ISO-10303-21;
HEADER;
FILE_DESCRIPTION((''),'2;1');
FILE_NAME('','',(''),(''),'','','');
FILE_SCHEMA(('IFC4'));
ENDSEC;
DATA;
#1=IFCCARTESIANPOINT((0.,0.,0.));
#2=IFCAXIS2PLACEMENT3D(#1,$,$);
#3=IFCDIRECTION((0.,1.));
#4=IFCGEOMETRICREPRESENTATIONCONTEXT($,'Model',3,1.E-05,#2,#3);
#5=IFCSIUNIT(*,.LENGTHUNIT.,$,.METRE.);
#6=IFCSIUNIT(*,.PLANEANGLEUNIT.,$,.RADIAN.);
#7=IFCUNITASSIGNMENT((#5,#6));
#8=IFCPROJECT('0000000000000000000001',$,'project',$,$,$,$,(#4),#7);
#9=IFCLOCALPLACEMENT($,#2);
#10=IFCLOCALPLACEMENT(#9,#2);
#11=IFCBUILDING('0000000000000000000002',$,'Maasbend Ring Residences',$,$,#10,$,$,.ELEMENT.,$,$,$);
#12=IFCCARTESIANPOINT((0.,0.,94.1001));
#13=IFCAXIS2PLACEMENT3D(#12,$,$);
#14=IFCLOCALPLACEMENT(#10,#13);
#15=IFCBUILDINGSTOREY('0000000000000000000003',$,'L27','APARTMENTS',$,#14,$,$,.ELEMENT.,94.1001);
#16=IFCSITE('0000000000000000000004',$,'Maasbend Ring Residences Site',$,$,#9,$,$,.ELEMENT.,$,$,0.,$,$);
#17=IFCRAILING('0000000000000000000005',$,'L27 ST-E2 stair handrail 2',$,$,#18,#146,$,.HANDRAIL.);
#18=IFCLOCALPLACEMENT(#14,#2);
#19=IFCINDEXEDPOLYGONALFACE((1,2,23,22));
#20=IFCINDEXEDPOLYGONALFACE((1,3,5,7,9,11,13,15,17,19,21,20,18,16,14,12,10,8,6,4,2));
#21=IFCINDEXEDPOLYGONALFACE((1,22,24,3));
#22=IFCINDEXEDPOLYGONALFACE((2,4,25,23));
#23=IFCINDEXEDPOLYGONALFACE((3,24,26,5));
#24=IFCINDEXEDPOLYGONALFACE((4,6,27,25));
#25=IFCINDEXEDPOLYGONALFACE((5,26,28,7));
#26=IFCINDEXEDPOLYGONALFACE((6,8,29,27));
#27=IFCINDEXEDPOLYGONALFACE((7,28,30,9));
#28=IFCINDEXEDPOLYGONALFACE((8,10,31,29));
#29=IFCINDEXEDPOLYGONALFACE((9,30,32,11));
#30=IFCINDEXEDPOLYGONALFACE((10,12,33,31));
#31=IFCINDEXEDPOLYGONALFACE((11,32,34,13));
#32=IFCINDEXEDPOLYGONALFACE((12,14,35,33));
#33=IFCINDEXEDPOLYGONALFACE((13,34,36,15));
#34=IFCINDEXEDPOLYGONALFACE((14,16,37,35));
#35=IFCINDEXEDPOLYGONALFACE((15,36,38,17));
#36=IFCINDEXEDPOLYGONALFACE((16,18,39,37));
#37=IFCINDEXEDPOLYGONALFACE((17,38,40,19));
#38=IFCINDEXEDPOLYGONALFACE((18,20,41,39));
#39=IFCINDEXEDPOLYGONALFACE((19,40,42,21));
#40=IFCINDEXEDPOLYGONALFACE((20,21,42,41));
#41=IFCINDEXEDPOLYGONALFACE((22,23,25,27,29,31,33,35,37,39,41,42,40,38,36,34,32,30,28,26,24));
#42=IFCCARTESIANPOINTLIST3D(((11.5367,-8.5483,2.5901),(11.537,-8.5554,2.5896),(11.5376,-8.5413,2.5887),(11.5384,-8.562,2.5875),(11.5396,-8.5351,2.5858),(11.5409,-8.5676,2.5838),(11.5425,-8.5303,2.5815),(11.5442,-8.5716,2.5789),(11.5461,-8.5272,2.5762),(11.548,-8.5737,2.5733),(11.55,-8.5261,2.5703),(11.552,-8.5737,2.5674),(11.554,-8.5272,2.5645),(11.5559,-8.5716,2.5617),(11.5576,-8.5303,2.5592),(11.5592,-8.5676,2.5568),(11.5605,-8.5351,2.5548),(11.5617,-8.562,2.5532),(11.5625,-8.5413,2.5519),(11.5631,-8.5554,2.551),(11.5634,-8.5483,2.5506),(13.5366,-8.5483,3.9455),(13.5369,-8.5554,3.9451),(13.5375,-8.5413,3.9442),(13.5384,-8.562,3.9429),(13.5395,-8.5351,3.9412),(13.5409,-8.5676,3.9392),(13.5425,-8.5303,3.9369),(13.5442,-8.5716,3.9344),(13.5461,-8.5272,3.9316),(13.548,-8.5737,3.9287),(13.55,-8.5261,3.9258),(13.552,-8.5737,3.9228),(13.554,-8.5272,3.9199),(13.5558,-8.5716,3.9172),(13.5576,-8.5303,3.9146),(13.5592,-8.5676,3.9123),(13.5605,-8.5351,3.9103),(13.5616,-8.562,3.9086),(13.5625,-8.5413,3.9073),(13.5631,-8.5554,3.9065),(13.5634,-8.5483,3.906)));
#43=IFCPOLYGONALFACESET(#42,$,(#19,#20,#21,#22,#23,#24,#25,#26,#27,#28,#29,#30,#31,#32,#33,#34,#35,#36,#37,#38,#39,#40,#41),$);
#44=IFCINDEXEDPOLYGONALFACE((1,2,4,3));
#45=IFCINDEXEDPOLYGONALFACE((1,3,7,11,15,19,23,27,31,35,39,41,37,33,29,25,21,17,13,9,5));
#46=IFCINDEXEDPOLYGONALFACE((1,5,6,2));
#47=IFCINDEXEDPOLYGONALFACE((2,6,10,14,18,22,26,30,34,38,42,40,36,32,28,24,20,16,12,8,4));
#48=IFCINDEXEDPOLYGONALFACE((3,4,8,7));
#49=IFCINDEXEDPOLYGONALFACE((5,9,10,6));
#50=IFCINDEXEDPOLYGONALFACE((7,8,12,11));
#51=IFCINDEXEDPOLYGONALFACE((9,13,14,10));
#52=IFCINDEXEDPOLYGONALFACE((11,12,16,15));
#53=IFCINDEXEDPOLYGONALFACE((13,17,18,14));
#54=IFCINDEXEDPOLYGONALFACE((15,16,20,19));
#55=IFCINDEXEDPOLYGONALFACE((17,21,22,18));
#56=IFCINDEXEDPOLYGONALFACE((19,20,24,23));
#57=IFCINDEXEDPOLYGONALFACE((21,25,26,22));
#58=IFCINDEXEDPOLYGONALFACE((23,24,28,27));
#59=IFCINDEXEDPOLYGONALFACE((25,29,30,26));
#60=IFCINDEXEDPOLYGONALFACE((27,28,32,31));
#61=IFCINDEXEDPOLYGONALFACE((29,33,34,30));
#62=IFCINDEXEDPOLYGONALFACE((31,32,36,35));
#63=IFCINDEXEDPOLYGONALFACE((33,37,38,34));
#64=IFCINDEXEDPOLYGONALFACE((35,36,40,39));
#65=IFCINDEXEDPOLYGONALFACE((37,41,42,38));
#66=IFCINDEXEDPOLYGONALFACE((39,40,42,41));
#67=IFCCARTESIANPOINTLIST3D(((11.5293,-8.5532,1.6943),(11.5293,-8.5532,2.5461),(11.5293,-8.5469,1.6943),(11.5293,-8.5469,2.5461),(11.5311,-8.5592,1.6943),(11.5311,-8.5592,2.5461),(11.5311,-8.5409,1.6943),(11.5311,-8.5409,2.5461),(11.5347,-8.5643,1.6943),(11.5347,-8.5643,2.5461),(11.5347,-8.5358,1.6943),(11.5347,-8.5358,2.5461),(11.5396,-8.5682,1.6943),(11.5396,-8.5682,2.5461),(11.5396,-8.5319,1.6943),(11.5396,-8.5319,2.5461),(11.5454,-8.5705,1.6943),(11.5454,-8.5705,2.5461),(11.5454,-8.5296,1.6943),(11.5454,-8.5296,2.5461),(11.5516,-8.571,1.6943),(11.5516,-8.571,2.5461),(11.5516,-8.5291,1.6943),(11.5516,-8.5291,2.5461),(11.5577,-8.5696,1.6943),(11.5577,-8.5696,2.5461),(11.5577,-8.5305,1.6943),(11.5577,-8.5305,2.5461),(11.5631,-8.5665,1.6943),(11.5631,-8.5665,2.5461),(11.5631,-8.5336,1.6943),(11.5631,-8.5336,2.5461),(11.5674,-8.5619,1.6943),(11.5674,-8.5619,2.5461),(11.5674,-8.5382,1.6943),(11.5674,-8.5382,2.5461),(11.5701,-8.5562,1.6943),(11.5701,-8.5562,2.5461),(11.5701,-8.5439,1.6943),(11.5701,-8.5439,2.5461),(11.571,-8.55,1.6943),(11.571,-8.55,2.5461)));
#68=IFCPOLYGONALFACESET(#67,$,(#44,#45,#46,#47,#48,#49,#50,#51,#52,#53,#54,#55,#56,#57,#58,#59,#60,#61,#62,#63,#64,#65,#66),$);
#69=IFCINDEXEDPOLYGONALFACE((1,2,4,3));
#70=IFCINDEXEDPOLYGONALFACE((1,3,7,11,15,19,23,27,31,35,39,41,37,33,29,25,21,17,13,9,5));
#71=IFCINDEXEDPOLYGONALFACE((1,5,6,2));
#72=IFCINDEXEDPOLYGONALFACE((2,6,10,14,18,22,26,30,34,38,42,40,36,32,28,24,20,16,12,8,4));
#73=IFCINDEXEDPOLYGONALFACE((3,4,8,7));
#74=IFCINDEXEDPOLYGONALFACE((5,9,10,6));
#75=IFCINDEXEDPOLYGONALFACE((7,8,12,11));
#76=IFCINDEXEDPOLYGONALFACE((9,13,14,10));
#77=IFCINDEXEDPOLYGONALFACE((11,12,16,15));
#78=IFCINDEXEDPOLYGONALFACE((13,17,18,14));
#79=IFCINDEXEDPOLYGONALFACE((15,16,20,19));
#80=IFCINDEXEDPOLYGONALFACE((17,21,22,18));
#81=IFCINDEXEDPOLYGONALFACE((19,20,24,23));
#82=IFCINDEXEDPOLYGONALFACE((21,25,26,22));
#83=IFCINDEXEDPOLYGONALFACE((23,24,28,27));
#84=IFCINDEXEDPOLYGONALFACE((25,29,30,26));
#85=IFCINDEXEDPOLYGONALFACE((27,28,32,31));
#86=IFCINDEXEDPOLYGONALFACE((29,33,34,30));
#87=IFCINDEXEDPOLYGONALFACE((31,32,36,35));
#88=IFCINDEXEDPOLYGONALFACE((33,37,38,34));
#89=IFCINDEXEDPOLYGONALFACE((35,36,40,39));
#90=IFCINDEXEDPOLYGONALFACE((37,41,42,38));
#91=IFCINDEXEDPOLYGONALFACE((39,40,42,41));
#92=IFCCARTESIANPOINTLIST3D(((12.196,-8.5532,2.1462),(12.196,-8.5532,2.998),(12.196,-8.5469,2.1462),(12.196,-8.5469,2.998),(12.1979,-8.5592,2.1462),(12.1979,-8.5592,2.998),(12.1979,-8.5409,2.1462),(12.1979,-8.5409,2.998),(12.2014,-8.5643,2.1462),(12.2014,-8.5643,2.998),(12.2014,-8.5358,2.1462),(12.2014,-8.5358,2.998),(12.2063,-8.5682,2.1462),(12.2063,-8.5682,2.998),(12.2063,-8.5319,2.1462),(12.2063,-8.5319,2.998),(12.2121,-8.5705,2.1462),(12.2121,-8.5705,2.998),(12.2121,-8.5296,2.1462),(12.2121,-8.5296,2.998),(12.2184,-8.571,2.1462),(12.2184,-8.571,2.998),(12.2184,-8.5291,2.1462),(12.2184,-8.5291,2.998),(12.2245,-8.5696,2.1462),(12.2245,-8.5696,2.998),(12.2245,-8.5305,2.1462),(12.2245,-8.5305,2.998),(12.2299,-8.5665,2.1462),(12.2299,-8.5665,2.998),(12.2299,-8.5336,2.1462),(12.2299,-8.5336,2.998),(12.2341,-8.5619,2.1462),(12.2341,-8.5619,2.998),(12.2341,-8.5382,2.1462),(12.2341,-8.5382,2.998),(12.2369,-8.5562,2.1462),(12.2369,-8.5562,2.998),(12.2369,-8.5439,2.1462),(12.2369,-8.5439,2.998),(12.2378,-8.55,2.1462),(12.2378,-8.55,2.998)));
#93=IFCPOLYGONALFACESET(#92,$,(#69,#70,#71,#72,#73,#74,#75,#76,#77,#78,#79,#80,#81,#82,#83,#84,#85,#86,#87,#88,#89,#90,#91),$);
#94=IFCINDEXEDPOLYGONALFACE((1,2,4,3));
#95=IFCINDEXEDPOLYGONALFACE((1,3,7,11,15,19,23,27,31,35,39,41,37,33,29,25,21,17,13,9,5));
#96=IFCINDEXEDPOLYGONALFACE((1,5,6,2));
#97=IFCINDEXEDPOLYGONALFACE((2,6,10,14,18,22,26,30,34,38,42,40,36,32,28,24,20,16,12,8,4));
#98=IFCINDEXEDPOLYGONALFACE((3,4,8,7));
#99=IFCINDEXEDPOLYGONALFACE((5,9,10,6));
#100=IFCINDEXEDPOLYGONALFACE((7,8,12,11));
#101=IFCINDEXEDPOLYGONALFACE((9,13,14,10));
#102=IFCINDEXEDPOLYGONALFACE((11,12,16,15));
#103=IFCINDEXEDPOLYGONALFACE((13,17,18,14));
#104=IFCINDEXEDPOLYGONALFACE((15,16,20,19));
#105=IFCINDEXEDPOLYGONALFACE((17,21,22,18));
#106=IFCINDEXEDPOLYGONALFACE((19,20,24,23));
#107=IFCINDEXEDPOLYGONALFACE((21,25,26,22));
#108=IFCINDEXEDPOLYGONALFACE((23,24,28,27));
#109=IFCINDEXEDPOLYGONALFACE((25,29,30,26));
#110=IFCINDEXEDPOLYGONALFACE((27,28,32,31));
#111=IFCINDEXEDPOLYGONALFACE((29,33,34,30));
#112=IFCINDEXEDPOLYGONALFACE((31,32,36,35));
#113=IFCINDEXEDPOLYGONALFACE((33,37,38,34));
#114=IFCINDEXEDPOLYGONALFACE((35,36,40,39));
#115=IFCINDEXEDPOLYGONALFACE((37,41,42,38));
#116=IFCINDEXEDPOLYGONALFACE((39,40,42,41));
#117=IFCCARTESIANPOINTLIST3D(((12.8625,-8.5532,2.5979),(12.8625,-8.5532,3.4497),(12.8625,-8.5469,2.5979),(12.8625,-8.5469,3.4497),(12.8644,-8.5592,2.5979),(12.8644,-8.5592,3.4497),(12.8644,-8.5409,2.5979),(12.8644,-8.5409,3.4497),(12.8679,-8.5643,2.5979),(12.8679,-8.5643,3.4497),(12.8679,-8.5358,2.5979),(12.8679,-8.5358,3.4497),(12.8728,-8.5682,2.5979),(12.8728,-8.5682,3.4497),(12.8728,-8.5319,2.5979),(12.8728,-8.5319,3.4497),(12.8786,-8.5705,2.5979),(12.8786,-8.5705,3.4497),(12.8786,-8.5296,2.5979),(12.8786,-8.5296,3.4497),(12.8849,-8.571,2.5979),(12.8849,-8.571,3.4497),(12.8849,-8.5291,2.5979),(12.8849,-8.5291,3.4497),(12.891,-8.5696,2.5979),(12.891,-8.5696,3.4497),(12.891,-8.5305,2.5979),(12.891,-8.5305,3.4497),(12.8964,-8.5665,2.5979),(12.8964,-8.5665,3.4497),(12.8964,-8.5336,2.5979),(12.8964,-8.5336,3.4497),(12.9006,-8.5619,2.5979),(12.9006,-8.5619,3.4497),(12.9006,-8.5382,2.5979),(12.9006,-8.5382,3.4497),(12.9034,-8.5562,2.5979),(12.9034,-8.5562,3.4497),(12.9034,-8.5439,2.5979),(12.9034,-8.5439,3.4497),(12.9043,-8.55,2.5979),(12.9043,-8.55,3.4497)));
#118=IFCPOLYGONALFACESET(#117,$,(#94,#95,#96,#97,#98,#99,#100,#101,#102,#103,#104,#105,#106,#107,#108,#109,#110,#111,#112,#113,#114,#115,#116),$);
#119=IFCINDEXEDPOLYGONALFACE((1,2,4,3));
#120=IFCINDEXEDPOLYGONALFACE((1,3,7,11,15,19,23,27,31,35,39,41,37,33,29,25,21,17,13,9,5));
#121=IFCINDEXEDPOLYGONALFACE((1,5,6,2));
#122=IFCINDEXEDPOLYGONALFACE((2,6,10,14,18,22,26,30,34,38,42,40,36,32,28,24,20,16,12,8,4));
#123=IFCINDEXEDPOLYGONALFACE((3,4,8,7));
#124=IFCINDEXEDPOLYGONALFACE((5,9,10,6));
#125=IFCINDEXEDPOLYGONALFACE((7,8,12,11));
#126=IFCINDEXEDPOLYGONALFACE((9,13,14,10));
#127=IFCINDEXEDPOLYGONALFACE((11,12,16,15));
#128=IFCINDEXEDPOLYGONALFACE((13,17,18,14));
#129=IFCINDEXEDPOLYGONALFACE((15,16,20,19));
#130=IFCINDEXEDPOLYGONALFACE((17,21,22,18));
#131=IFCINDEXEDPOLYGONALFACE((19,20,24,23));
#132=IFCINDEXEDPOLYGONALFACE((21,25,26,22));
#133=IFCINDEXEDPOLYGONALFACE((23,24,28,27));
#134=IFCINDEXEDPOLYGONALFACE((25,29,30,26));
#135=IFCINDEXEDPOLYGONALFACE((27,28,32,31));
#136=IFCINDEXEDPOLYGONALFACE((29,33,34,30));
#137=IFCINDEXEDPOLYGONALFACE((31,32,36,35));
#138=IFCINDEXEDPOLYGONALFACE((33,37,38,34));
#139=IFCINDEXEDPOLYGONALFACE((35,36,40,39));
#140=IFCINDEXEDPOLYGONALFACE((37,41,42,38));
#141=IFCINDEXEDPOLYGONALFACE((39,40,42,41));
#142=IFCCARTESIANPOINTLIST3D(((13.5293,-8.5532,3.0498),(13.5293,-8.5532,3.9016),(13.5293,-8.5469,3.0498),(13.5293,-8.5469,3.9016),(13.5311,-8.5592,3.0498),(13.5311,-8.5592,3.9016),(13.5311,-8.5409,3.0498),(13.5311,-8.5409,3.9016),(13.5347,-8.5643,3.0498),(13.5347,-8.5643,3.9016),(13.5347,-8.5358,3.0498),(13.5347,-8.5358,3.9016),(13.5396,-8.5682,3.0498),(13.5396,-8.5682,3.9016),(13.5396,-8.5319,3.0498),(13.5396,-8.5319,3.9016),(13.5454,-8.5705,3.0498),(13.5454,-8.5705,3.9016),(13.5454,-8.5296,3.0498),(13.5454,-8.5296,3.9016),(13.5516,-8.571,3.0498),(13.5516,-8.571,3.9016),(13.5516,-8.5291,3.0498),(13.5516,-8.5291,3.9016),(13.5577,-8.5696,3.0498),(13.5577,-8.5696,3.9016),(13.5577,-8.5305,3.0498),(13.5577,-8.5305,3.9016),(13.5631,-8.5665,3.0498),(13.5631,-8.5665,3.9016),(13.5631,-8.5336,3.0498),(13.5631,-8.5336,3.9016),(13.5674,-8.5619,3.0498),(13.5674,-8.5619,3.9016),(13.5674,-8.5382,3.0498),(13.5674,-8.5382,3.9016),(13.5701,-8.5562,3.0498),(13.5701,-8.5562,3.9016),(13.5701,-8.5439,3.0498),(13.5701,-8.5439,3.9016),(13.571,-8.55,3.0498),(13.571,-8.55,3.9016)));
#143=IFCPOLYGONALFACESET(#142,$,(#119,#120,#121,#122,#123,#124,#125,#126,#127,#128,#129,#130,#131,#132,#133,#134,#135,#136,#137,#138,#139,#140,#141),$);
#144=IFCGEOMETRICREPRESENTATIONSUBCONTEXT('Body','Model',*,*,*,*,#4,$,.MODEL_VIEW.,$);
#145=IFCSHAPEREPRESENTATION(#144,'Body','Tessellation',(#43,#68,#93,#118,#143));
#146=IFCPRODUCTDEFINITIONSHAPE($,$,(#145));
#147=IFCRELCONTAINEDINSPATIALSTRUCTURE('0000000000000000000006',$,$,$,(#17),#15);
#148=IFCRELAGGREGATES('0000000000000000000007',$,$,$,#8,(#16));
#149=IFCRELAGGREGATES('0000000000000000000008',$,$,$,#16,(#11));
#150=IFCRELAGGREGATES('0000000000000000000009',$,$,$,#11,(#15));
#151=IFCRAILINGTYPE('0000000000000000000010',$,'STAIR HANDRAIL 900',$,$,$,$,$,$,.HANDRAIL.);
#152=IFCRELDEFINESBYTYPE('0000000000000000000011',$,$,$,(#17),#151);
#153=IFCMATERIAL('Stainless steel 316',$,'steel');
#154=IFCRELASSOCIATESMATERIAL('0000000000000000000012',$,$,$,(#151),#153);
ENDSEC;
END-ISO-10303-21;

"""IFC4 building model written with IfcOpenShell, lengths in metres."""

from ifc_helpers import new_model, si_unit, direction, frame, origin, origin_2d, place, context, subcontext, project, spatial, circle, extrude, material, type_object, element, save


model = new_model("IFC4")

# Units and contexts
model_context = context("Model", 3, precision=1e-05, world=origin(), true_north=direction((0.0, 1.0)))
body_context = subcontext(model_context, "Body", "Model", "MODEL_VIEW")
ifc_project = project(units=[si_unit("LENGTHUNIT", "METRE"), si_unit("PLANEANGLEUNIT", "RADIAN")], contexts=[model_context])

# Site, building, storey
site_placement = place(None, origin())
site = spatial("IfcSite", under=ifc_project, at=site_placement, Name="Maasbend Ring Residences Site", CompositionType="ELEMENT", RefElevation=0.0)
building_placement = place(site_placement, origin())
building = spatial("IfcBuilding", under=site, at=building_placement, Name="Maasbend Ring Residences", CompositionType="ELEMENT")
storey_placement = place(building_placement, frame((0.0, 0.0, 94.1001)))
storey = spatial("IfcBuildingStorey", under=building, at=storey_placement, Name="L27", Description="APARTMENTS", CompositionType="ELEMENT", Elevation=94.1001)

# Railing
ifc_material_1 = material(Name="Stainless steel 316", Category="steel")
railing_type_1 = type_object("IfcRailingType", Name="STAIR HANDRAIL 900", PredefinedType="HANDRAIL", material=ifc_material_1)
railing_1_placement = place(storey_placement, frame((11.55, -8.55, 1.6943)))
element("IfcRailing", 1, at=railing_1_placement, inside=storey, type_object=railing_type_1, Name="L27 ST-E2 stair handrail 2", PredefinedType="HANDRAIL", context=body_context, shape_type="SweptSolid", body=[
    extrude(circle(Radius=0.0239, at=origin_2d()), frame((0.0, 0.0, 0.876), z_axis=(0.827798, 0.0, 0.561027), x_axis=(0.0, 1.0, 0.0)), (0.0, 0.0, 1.0), 2.416),
    extrude(circle(Radius=0.021, at=origin_2d()), origin(), (0.0, 0.0, 1.0), 0.8518),
    extrude(circle(Radius=0.021, at=origin_2d()), frame((0.6667, 0.0, 0.4519)), (0.0, 0.0, 1.0), 0.8518),
    extrude(circle(Radius=0.021, at=origin_2d()), frame((1.3333, 0.0, 0.9036)), (0.0, 0.0, 1.0), 0.8518),
    extrude(circle(Radius=0.021, at=origin_2d()), frame((2.0, 0.0, 1.3555)), (0.0, 0.0, 1.0), 0.8518),
])

save(model, "model.ifc")
